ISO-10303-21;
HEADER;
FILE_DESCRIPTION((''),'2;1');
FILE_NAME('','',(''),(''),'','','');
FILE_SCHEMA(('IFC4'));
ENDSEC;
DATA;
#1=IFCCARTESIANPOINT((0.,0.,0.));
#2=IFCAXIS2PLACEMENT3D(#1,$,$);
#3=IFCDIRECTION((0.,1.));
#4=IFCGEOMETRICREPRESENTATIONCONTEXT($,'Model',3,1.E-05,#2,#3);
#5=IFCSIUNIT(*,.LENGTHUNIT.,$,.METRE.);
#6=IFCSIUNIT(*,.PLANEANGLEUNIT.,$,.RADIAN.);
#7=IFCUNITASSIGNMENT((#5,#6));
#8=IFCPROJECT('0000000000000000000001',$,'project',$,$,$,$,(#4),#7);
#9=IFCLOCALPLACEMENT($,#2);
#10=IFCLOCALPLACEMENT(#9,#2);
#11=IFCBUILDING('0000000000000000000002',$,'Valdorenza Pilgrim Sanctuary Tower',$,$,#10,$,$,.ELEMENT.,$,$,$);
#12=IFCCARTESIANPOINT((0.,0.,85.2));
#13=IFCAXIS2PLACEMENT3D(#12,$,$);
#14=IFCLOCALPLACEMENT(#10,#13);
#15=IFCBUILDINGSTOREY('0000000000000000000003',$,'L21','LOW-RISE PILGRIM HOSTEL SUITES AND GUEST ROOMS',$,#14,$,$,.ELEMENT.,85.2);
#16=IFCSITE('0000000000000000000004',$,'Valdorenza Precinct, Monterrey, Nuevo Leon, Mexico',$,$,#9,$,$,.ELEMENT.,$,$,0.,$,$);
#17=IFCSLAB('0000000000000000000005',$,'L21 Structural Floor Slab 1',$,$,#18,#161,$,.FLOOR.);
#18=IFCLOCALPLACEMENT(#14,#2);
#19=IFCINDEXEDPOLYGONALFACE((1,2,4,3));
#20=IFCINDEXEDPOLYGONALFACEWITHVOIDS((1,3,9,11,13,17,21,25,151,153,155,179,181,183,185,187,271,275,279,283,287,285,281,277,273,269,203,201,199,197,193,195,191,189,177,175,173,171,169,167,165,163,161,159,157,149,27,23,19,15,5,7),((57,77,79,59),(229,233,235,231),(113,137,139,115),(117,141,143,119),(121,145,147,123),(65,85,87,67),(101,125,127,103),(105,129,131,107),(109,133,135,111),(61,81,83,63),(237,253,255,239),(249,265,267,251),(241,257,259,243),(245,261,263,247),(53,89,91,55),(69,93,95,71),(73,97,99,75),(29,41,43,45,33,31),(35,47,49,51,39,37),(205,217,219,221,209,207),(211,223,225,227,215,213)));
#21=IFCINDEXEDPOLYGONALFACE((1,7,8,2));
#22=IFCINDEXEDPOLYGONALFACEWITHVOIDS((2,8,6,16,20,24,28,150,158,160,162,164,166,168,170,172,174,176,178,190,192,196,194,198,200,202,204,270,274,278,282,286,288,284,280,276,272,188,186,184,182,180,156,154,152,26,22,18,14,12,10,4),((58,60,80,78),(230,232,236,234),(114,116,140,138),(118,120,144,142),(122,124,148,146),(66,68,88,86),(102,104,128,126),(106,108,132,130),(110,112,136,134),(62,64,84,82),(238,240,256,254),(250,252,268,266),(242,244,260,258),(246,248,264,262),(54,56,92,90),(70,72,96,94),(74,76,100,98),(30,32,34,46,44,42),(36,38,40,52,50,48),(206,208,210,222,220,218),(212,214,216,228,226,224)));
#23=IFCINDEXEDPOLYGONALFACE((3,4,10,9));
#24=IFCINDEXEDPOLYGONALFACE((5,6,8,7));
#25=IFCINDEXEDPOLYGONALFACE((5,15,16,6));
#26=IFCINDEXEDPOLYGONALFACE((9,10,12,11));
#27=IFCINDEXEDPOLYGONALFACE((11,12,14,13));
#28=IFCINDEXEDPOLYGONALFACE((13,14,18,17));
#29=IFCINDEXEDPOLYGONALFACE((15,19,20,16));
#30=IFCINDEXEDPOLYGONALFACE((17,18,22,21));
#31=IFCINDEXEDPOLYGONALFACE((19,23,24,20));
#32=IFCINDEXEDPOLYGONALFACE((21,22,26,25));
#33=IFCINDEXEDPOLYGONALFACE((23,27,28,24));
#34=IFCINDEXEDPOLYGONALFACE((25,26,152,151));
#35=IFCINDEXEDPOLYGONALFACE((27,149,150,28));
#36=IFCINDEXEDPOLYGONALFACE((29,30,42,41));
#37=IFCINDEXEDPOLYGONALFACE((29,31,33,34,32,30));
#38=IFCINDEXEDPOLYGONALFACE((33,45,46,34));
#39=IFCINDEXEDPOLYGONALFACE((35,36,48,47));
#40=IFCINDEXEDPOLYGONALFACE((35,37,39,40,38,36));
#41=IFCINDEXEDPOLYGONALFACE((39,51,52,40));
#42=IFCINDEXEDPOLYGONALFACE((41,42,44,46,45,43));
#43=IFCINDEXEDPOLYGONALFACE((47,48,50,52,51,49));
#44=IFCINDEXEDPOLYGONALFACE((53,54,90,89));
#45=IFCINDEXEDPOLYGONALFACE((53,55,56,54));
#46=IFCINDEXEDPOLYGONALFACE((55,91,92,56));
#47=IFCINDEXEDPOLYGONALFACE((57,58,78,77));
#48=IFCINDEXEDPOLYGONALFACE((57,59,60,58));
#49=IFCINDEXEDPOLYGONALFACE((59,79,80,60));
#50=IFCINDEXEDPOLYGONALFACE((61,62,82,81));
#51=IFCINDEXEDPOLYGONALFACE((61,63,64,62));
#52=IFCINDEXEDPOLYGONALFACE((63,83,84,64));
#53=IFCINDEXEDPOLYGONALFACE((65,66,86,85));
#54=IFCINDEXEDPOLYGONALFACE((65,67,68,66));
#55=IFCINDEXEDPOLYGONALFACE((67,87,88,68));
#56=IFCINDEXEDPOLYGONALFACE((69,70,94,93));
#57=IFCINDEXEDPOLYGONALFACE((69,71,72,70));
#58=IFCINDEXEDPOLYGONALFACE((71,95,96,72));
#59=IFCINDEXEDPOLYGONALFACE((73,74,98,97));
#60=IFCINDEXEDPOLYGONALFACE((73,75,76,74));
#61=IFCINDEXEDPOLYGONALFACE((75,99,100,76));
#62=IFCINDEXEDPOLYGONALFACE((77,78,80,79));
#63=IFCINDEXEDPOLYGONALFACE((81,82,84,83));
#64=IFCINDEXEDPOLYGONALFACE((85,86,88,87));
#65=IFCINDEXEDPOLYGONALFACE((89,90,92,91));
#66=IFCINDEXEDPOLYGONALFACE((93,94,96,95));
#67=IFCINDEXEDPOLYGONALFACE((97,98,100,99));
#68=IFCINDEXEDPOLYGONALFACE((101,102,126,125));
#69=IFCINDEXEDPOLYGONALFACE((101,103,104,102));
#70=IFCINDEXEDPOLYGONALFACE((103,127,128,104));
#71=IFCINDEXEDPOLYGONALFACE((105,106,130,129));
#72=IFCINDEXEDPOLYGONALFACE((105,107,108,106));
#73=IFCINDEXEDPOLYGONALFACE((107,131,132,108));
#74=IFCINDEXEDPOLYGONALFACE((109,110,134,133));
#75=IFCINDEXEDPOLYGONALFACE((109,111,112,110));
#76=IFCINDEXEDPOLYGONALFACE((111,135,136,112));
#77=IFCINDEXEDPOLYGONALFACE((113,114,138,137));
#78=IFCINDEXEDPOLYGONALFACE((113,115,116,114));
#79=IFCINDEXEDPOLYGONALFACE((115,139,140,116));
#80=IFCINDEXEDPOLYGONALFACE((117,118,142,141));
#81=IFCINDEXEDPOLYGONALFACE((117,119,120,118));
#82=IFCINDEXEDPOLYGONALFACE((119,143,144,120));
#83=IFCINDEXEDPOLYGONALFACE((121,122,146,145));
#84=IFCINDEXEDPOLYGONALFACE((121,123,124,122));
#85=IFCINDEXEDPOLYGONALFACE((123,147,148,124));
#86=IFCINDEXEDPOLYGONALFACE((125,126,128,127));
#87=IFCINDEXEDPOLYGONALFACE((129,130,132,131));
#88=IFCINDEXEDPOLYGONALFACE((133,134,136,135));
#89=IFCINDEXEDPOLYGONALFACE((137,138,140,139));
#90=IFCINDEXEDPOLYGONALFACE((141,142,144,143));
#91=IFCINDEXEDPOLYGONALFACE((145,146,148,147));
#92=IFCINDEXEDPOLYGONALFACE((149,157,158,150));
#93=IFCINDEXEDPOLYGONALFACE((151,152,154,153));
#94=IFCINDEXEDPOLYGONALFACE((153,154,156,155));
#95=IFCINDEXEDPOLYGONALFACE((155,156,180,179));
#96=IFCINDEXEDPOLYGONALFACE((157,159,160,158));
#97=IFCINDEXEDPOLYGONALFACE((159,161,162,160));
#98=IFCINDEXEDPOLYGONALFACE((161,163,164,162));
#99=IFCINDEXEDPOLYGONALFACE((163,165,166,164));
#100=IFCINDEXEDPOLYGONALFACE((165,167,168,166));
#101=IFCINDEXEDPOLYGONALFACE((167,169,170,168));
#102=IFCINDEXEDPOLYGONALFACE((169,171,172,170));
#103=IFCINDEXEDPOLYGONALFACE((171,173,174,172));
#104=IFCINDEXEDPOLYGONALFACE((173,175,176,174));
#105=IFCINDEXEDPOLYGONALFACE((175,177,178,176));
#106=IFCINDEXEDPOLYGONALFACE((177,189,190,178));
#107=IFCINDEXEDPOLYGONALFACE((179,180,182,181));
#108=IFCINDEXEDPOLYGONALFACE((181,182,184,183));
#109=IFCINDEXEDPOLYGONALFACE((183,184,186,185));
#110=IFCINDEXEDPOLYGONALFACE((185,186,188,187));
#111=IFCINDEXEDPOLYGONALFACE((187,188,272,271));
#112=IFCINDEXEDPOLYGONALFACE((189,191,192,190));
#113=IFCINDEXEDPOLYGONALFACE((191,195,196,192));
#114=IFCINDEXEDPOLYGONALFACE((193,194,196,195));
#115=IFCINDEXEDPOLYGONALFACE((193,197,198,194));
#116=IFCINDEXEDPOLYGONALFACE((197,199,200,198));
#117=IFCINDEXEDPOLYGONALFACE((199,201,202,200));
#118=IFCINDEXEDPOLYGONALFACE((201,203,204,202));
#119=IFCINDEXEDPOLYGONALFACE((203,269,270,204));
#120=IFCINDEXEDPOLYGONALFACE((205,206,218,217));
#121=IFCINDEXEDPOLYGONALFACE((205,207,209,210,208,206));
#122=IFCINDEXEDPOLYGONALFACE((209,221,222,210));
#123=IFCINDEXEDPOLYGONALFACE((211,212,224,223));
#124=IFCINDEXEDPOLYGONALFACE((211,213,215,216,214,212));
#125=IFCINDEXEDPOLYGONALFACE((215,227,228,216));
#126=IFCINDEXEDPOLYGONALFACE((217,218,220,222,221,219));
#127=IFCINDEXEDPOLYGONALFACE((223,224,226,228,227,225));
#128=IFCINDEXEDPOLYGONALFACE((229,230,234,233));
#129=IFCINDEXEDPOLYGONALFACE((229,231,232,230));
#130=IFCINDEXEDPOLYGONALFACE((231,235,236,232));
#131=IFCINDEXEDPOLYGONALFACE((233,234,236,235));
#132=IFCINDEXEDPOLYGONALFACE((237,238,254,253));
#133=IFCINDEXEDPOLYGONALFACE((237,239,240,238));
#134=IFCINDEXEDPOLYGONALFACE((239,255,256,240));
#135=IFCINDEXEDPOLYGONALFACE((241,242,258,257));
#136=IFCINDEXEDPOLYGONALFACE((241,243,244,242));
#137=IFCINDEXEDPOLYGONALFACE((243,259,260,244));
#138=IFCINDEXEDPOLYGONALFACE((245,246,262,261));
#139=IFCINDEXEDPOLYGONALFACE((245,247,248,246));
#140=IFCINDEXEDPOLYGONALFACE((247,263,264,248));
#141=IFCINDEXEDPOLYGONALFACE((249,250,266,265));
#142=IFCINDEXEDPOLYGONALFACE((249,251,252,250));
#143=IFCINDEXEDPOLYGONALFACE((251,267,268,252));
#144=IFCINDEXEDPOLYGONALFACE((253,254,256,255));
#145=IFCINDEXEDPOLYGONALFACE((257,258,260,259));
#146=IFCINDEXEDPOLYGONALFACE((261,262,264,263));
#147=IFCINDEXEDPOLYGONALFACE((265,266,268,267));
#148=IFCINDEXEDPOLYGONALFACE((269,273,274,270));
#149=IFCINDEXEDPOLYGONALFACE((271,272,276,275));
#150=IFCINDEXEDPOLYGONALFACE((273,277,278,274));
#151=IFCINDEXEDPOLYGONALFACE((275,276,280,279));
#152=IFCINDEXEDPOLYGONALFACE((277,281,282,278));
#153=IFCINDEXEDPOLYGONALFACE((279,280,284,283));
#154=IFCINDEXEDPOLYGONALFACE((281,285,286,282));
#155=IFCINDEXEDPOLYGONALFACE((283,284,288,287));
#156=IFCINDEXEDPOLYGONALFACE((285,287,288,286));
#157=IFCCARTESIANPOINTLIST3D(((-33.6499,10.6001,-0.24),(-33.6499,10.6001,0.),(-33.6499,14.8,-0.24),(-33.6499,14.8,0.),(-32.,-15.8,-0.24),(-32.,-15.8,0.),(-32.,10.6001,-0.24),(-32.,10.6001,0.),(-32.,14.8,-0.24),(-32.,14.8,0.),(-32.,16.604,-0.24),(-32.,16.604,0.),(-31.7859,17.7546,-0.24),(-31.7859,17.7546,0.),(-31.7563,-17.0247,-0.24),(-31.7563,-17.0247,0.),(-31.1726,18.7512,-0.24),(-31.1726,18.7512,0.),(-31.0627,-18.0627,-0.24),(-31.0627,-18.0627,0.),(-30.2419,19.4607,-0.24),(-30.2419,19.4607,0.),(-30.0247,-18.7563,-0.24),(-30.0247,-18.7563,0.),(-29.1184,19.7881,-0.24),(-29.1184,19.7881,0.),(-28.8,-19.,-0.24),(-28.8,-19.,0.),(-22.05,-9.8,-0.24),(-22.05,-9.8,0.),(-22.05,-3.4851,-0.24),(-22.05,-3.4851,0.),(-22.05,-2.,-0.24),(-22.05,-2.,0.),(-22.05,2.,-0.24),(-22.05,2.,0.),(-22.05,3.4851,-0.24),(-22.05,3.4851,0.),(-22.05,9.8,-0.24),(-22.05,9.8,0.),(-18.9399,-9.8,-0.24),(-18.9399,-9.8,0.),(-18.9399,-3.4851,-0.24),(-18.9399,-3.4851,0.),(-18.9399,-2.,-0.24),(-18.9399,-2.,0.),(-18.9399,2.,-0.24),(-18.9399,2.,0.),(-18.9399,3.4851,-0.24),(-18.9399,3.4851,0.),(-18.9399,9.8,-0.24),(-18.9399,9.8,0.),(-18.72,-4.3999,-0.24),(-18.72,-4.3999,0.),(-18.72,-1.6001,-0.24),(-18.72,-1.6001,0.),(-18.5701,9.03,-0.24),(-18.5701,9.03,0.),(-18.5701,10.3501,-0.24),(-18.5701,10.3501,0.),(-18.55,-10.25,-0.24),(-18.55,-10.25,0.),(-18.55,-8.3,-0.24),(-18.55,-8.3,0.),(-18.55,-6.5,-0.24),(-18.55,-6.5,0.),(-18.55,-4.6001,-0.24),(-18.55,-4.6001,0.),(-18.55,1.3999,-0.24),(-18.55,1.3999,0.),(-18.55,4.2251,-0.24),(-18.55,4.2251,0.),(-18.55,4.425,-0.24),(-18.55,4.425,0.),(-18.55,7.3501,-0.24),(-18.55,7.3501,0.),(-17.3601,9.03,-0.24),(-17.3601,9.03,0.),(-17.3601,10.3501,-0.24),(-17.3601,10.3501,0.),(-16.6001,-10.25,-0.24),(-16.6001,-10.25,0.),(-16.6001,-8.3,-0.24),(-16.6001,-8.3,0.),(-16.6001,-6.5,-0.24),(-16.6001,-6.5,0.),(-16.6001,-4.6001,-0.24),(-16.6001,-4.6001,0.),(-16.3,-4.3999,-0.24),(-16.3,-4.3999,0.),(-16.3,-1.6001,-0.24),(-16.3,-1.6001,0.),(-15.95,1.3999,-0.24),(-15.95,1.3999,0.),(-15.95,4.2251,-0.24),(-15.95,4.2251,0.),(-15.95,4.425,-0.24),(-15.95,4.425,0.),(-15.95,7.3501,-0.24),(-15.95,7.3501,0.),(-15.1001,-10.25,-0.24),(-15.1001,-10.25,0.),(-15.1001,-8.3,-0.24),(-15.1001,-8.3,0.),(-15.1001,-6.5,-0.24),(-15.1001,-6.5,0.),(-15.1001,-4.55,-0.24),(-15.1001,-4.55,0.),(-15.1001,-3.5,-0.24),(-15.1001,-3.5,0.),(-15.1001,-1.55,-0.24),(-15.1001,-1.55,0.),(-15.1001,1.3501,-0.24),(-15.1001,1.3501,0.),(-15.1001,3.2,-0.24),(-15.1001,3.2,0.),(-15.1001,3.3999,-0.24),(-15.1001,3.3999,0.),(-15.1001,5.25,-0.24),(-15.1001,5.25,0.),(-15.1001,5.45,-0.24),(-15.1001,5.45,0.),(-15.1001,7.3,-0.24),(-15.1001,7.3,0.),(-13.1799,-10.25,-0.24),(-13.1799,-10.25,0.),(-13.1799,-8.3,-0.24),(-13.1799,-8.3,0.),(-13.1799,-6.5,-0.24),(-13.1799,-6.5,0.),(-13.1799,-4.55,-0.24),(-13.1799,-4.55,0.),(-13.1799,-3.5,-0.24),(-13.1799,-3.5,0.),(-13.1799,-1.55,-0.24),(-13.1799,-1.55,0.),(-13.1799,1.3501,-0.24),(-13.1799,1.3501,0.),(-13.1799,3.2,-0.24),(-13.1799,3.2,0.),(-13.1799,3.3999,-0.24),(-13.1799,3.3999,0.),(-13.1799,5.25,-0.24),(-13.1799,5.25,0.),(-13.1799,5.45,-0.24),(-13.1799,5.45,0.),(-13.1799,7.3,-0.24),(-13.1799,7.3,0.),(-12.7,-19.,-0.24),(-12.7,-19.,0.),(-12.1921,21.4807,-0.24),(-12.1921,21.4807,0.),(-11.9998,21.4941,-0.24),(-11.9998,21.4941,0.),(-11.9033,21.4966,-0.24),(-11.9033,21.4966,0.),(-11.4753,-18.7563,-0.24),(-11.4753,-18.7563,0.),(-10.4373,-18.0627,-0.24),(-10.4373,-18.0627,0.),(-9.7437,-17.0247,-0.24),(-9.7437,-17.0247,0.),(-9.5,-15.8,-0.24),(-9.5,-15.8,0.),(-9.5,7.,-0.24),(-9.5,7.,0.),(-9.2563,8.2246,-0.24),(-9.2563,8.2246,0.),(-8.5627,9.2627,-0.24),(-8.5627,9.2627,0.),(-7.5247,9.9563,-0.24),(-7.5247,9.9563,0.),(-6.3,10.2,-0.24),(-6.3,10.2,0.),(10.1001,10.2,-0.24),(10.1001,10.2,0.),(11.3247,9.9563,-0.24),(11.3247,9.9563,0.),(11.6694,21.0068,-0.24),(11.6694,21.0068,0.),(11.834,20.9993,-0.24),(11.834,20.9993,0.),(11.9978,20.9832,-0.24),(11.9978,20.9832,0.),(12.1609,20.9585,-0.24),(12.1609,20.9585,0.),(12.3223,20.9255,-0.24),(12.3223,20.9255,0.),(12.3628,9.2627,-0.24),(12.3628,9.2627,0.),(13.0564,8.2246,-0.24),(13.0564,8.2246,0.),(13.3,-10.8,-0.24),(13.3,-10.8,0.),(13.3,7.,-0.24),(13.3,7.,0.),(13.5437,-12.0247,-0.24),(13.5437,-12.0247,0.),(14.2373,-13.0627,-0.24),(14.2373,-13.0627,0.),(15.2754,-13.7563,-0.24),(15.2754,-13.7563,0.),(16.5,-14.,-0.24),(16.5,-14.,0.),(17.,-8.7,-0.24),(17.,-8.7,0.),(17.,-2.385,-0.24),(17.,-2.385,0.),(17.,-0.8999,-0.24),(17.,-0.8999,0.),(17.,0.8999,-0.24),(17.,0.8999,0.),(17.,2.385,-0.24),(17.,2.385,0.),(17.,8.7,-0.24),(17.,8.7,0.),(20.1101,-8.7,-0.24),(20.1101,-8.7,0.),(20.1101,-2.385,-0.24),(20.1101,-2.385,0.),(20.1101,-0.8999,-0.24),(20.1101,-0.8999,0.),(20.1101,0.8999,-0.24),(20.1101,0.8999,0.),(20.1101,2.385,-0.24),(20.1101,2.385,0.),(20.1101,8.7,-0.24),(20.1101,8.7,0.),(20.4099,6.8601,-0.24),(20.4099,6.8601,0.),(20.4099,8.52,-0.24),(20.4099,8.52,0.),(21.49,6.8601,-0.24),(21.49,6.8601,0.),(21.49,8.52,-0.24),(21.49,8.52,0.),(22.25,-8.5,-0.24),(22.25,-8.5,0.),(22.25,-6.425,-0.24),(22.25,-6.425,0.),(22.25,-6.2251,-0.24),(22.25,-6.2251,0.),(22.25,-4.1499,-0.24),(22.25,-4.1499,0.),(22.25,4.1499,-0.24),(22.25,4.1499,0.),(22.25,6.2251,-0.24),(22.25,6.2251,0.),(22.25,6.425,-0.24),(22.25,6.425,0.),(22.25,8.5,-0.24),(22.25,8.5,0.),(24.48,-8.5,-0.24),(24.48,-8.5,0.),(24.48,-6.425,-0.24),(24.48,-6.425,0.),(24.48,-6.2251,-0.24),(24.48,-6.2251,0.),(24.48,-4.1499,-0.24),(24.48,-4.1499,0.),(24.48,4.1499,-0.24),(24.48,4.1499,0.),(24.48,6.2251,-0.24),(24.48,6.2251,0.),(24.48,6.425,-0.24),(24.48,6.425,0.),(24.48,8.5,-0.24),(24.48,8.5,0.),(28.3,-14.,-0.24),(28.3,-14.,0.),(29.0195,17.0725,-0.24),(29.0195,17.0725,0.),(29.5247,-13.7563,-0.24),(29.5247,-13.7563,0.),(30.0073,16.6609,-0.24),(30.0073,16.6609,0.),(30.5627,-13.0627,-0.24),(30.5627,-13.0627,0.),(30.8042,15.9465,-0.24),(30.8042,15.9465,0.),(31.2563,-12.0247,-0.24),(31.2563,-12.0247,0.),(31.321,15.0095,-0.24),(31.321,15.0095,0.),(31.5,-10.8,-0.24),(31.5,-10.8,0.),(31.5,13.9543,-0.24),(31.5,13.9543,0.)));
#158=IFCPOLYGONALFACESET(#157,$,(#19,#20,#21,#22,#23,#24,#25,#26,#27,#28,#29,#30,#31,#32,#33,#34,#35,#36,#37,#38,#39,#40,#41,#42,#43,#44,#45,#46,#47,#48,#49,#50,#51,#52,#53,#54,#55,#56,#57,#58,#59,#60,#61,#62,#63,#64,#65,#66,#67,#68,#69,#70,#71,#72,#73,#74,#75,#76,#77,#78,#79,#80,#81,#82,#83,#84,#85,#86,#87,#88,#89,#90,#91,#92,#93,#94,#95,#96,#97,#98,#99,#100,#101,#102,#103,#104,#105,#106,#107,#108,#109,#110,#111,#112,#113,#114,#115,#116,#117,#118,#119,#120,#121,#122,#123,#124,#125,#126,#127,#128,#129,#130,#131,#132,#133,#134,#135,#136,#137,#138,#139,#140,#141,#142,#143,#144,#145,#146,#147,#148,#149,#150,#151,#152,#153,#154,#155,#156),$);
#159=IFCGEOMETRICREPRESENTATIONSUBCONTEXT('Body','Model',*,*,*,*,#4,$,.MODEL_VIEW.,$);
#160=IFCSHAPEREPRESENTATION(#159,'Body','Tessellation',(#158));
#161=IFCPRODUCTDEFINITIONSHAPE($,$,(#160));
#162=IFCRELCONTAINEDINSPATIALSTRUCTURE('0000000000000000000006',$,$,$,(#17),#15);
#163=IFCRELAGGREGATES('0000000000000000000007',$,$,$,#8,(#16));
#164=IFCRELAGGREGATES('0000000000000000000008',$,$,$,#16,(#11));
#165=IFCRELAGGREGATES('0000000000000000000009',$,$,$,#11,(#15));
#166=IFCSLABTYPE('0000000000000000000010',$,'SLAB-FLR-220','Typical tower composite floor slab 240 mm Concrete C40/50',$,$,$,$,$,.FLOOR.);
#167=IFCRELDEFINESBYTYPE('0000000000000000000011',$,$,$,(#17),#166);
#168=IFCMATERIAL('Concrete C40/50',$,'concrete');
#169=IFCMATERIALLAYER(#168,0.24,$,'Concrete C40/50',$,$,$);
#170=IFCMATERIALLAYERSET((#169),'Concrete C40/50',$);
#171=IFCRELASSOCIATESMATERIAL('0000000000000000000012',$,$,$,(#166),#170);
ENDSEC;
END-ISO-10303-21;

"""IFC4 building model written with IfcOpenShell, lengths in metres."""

from ifc_helpers import new_model, si_unit, direction, frame, origin, place, context, subcontext, project, spatial, polyline, outline, extrude, material, layer, layer_set, type_object, element, save


model = new_model("IFC4")

# Units and contexts
model_context = context("Model", 3, precision=1e-05, world=origin(), true_north=direction((0.0, 1.0)))
body_context = subcontext(model_context, "Body", "Model", "MODEL_VIEW")
ifc_project = project(units=[si_unit("LENGTHUNIT", "METRE"), si_unit("PLANEANGLEUNIT", "RADIAN")], contexts=[model_context])

# Site, building, storey
site_placement = place(None, origin())
site = spatial("IfcSite", under=ifc_project, at=site_placement, Name="Valdorenza Precinct, Monterrey, Nuevo Leon, Mexico", CompositionType="ELEMENT", RefElevation=0.0)
building_placement = place(site_placement, origin())
building = spatial("IfcBuilding", under=site, at=building_placement, Name="Valdorenza Pilgrim Sanctuary Tower", CompositionType="ELEMENT")
storey_placement = place(building_placement, frame((0.0, 0.0, 85.2)))
storey = spatial("IfcBuildingStorey", under=building, at=storey_placement, Name="L21", Description="LOW-RISE PILGRIM HOSTEL SUITES AND GUEST ROOMS", CompositionType="ELEMENT", Elevation=85.2)

# Slab
ifc_material_1 = material(Name="Concrete C40/50", Category="concrete")
ifc_layer_1 = layer(ifc_material_1, 0.24, Name="Concrete C40/50")
ifc_layer_set_1 = layer_set([ifc_layer_1], Name="Concrete C40/50")
slab_type_1 = type_object("IfcSlabType", Name="SLAB-FLR-220", Description="Typical tower composite floor slab 240 mm Concrete C40/50", PredefinedType="FLOOR", material=ifc_layer_set_1)
slab_1_placement = place(storey_placement, frame((0.0, 0.0, -0.24)))
element("IfcSlab", 1, at=slab_1_placement, inside=storey, type_object=slab_type_1, Name="L21 Structural Floor Slab 1", PredefinedType="FLOOR", context=body_context, shape_type="SweptSolid", body=[
    extrude(outline(polyline([(-31.7859, 17.7546), (-31.1726, 18.7512), (-30.2419, 19.4607), (-29.1184, 19.7881), (-12.1921, 21.4807), (-11.9998, 21.4941), (-11.9033, 21.4966), (11.6694, 21.0068), (11.834, 20.9993), (11.9978, 20.9832), (12.1609, 20.9585), (12.3223, 20.9255), (29.0195, 17.0725), (30.0073, 16.6609), (30.8042, 15.9465), (31.321, 15.0095), (31.5, 13.9543), (31.5, -10.8), (31.2563, -12.0247), (30.5627, -13.0627), (29.5247, -13.7563), (28.3, -14.0), (16.5, -14.0), (15.2754, -13.7563), (14.2373, -13.0627), (13.5437, -12.0247), (13.3, -10.8), (13.3, 7.0), (13.0564, 8.2246), (12.3628, 9.2627), (11.3247, 9.9563), (10.1001, 10.2), (-6.3, 10.2), (-7.5247, 9.9563), (-8.5627, 9.2627), (-9.2563, 8.2246), (-9.5, 7.0), (-9.5, -15.8), (-9.7437, -17.0247), (-10.4373, -18.0627), (-11.4753, -18.7563), (-12.7, -19.0), (-28.8, -19.0), (-30.0247, -18.7563), (-31.0627, -18.0627), (-31.7563, -17.0247), (-32.0, -15.8), (-32.0, 10.6001), (-33.6499, 10.6001), (-33.6499, 14.8), (-32.0, 14.8), (-32.0, 16.604), (-31.7859, 17.7546)]), holes=[polyline([(-16.6001, -10.25), (-16.6001, -8.3), (-18.55, -8.3), (-18.55, -10.25), (-16.6001, -10.25)]), polyline([(-22.05, -9.8), (-18.9399, -9.8), (-18.9399, -3.4851), (-18.9399, -2.0), (-22.05, -2.0), (-22.05, -3.4851), (-22.05, -9.8)]), polyline([(-18.55, -6.5), (-16.6001, -6.5), (-16.6001, -4.6001), (-18.55, -4.6001), (-18.55, -6.5)]), polyline([(-13.1799, -6.5), (-13.1799, -4.55), (-15.1001, -4.55), (-15.1001, -6.5), (-13.1799, -6.5)]), polyline([(-18.72, -4.3999), (-16.3, -4.3999), (-16.3, -1.6001), (-18.72, -1.6001), (-18.72, -4.3999)]), polyline([(-13.1799, -3.5), (-13.1799, -1.55), (-15.1001, -1.55), (-15.1001, -3.5), (-13.1799, -3.5)]), polyline([(-22.05, 2.0), (-18.9399, 2.0), (-18.9399, 3.4851), (-18.9399, 9.8), (-22.05, 9.8), (-22.05, 3.4851), (-22.05, 2.0)]), polyline([(-18.55, 1.3999), (-15.95, 1.3999), (-15.95, 4.2251), (-18.55, 4.2251), (-18.55, 1.3999)]), polyline([(-15.95, 4.425), (-15.95, 7.3501), (-18.55, 7.3501), (-18.55, 4.425), (-15.95, 4.425)]), polyline([(-15.1001, 5.45), (-13.1799, 5.45), (-13.1799, 7.3), (-15.1001, 7.3), (-15.1001, 5.45)]), polyline([(-17.3601, 9.03), (-17.3601, 10.3501), (-18.5701, 10.3501), (-18.5701, 9.03), (-17.3601, 9.03)]), polyline([(-15.1001, -10.25), (-13.1799, -10.25), (-13.1799, -8.3), (-15.1001, -8.3), (-15.1001, -10.25)]), polyline([(22.25, -8.5), (24.48, -8.5), (24.48, -6.425), (22.25, -6.425), (22.25, -8.5)]), polyline([(17.0, -2.385), (17.0, -8.7), (20.1101, -8.7), (20.1101, -2.385), (20.1101, -0.8999), (17.0, -0.8999), (17.0, -2.385)]), polyline([(22.25, -6.2251), (24.48, -6.2251), (24.48, -4.1499), (22.25, -4.1499), (22.25, -6.2251)]), polyline([(17.0, 0.8999), (20.1101, 0.8999), (20.1101, 2.385), (20.1101, 8.7), (17.0, 8.7), (17.0, 2.385), (17.0, 0.8999)]), polyline([(-15.1001, 1.3501), (-13.1799, 1.3501), (-13.1799, 3.2), (-15.1001, 3.2), (-15.1001, 1.3501)]), polyline([(-15.1001, 3.3999), (-13.1799, 3.3999), (-13.1799, 5.25), (-15.1001, 5.25), (-15.1001, 3.3999)]), polyline([(22.25, 4.1499), (24.48, 4.1499), (24.48, 6.2251), (22.25, 6.2251), (22.25, 4.1499)]), polyline([(22.25, 6.425), (24.48, 6.425), (24.48, 8.5), (22.25, 8.5), (22.25, 6.425)]), polyline([(20.4099, 6.8601), (21.49, 6.8601), (21.49, 8.52), (20.4099, 8.52), (20.4099, 6.8601)])]), origin(), (0.0, 0.0, 1.0), 0.24),
])

save(model, "model.ifc")
